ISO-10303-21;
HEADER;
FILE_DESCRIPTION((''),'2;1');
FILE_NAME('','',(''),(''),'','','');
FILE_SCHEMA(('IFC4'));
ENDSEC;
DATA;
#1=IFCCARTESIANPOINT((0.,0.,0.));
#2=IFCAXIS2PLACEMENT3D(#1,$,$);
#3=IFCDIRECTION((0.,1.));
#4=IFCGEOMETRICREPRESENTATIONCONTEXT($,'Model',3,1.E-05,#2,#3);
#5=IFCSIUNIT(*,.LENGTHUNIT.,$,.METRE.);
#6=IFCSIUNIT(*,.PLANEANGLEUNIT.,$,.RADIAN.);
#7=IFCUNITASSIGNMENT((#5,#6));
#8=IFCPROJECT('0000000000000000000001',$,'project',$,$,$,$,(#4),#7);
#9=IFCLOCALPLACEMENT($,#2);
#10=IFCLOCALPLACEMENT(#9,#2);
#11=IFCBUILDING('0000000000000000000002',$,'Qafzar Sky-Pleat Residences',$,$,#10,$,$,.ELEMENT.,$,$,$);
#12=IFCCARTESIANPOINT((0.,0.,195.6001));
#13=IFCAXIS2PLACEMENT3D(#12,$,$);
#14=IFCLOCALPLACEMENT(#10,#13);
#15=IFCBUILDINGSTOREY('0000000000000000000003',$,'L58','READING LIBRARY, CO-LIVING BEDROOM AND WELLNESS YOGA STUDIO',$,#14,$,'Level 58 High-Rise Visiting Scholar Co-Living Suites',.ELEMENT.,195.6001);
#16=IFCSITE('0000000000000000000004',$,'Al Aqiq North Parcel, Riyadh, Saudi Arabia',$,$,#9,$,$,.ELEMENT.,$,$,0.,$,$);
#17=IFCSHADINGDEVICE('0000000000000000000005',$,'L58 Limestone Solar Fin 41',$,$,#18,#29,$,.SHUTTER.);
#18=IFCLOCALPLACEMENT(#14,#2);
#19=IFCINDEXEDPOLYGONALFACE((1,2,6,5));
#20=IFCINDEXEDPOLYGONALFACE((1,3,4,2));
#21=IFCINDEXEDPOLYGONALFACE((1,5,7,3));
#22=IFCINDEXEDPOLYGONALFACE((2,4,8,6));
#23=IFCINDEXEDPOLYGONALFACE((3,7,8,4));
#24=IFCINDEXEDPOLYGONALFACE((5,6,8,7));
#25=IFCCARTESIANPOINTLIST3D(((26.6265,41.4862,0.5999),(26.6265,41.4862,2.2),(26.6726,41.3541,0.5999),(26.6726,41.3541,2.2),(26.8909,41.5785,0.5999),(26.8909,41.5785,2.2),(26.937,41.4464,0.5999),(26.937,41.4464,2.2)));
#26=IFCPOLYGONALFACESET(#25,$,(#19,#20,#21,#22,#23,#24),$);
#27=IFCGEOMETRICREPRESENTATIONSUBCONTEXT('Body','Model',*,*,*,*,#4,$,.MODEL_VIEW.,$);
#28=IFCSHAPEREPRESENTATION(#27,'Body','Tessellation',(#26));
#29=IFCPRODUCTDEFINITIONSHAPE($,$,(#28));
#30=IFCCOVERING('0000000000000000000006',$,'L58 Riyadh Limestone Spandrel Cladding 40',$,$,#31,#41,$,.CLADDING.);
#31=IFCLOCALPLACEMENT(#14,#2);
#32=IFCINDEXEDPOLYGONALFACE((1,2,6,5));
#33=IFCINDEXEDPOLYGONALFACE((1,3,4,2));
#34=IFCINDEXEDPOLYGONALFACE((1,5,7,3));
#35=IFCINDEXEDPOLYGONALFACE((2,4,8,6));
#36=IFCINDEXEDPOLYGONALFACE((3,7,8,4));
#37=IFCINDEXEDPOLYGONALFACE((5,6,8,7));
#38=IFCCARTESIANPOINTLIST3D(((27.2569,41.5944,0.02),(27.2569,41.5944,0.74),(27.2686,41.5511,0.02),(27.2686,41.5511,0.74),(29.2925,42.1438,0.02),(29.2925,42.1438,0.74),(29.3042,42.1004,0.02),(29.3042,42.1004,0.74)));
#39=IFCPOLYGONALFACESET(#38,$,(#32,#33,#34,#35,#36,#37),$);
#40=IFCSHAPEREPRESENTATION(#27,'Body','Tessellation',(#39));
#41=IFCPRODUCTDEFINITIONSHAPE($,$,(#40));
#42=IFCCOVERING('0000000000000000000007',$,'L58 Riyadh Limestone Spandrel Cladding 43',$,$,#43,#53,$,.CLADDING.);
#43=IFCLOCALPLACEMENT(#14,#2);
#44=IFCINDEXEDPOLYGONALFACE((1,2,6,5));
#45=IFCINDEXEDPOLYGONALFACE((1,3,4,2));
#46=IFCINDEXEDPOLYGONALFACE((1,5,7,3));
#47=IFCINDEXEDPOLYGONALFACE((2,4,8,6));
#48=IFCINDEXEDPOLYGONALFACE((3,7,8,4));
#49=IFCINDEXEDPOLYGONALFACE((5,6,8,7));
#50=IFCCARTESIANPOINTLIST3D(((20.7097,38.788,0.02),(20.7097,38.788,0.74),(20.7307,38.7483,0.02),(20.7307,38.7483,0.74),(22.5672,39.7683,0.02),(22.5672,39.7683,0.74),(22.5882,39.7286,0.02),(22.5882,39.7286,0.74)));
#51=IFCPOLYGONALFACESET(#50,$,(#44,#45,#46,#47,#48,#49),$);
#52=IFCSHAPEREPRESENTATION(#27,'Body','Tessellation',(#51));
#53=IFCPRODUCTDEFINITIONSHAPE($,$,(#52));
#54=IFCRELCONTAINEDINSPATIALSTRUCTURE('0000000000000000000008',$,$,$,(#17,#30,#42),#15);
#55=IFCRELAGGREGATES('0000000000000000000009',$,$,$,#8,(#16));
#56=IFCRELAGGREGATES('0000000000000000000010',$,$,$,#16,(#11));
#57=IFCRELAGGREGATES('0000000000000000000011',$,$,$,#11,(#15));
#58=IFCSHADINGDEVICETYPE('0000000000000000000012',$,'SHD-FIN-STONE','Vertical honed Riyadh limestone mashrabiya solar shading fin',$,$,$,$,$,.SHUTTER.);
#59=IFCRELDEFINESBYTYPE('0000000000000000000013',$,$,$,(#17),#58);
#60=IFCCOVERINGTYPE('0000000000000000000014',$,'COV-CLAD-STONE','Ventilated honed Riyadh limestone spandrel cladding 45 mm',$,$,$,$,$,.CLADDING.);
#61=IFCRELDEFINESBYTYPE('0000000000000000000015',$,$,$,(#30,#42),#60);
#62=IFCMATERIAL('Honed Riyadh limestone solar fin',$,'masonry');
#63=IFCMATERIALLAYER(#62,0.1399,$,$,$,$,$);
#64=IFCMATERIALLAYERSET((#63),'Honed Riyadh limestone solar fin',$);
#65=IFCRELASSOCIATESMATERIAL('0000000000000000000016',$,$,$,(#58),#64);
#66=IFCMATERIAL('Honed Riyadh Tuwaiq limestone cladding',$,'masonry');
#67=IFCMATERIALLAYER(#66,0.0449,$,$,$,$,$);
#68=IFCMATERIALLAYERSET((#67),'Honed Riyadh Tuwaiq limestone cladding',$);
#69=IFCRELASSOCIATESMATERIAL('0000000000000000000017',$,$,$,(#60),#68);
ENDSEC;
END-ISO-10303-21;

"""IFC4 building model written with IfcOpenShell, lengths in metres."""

from ifc_helpers import new_model, si_unit, direction, frame, origin, origin_2d, place, context, subcontext, project, spatial, rectangle, extrude, source, transform, mapped, material, layer, layer_set, type_object, element, save


model = new_model("IFC4")

# Units and contexts
model_context = context("Model", 3, precision=1e-05, world=origin(), true_north=direction((0.0, 1.0)))
body_context = subcontext(model_context, "Body", "Model", "MODEL_VIEW")
ifc_project = project(units=[si_unit("LENGTHUNIT", "METRE"), si_unit("PLANEANGLEUNIT", "RADIAN")], contexts=[model_context])

# Site, building, storey
site_placement = place(None, origin())
site = spatial("IfcSite", under=ifc_project, at=site_placement, Name="Al Aqiq North Parcel, Riyadh, Saudi Arabia", CompositionType="ELEMENT", RefElevation=0.0)
building_placement = place(site_placement, origin())
building = spatial("IfcBuilding", under=site, at=building_placement, Name="Qafzar Sky-Pleat Residences", CompositionType="ELEMENT")
storey_placement = place(building_placement, frame((0.0, 0.0, 195.6001)))
storey = spatial("IfcBuildingStorey", under=building, at=storey_placement, Name="L58", Description="READING LIBRARY, CO-LIVING BEDROOM AND WELLNESS YOGA STUDIO", LongName="Level 58 High-Rise Visiting Scholar Co-Living Suites", CompositionType="ELEMENT", Elevation=195.6001)

# Shading device
ifc_material_1 = material(Name="Honed Riyadh limestone solar fin", Category="masonry")
ifc_layer_1 = layer(ifc_material_1, 0.1399)
ifc_layer_set_1 = layer_set([ifc_layer_1], Name="Honed Riyadh limestone solar fin")
shading_device_type = type_object("IfcShadingDeviceType", Name="SHD-FIN-STONE", Description="Vertical honed Riyadh limestone mashrabiya solar shading fin", PredefinedType="SHUTTER", material=ifc_layer_set_1)
shared_shape_1 = source(origin(), body_context, "Body", "SweptSolid", [
    extrude(rectangle(XDim=0.1399, YDim=0.28, at=origin_2d()), origin(), (0.0, 0.0, 1.0), 1.6001),
])
shading_device_placement = place(storey_placement, frame((26.7817, 41.4663, 0.5999), z_axis=(0.0, 0.0, 1.0), x_axis=(-0.329583, 0.944127, 0.0)))
element("IfcShadingDevice", 1, at=shading_device_placement, inside=storey, type_object=shading_device_type, Name="L58 Limestone Solar Fin 41", PredefinedType="SHUTTER", context=body_context, shape_type="MappedRepresentation", body=[
    mapped(shared_shape_1, transform((0.0, 0.0, 0.0), x_axis=(1.0, 0.0, 0.0), y_axis=(0.0, 1.0, 0.0), z_axis=(0.0, 0.0, 1.0), scale=1.0)),
])

# Coverings
ifc_material_2 = material(Name="Honed Riyadh Tuwaiq limestone cladding", Category="masonry")
ifc_layer_2 = layer(ifc_material_2, 0.0449)
ifc_layer_set_2 = layer_set([ifc_layer_2], Name="Honed Riyadh Tuwaiq limestone cladding")
covering_type = type_object("IfcCoveringType", Name="COV-CLAD-STONE", Description="Ventilated honed Riyadh limestone spandrel cladding 45 mm", PredefinedType="CLADDING", material=ifc_layer_set_2)
shared_shape_2 = source(origin(), body_context, "Body", "SweptSolid", [
    extrude(rectangle(XDim=2.1084, YDim=0.0449, at=origin_2d()), origin(), (0.0, 0.0, 1.0), 0.72),
])
covering_1_placement = place(storey_placement, frame((28.2805, 41.8474, 0.02), z_axis=(0.0, 0.0, 1.0), x_axis=(-0.965465, -0.260534, 0.0)))
element("IfcCovering", 2, at=covering_1_placement, inside=storey, type_object=covering_type, Name="L58 Riyadh Limestone Spandrel Cladding 40", PredefinedType="CLADDING", context=body_context, shape_type="MappedRepresentation", body=[
    mapped(shared_shape_2, transform((0.0, 0.0, 0.0), x_axis=(1.0, 0.0, 0.0), y_axis=(0.0, 1.0, 0.0), z_axis=(0.0, 0.0, 1.0), scale=1.0)),
])
shared_shape_3 = source(origin(), body_context, "Body", "SweptSolid", [
    extrude(rectangle(XDim=2.1003, YDim=0.0449, at=origin_2d()), origin(), (0.0, 0.0, 1.0), 0.72),
])
covering_2_placement = place(storey_placement, frame((21.6489, 39.2583, 0.02), z_axis=(0.0, 0.0, 1.0), x_axis=(-0.884381, -0.466765, 0.0)))
element("IfcCovering", 3, at=covering_2_placement, inside=storey, type_object=covering_type, Name="L58 Riyadh Limestone Spandrel Cladding 43", PredefinedType="CLADDING", context=body_context, shape_type="MappedRepresentation", body=[
    mapped(shared_shape_3, transform((0.0, 0.0, 0.0), x_axis=(1.0, 0.0, 0.0), y_axis=(0.0, 1.0, 0.0), z_axis=(0.0, 0.0, 1.0), scale=1.0)),
])

save(model, "model.ifc")
